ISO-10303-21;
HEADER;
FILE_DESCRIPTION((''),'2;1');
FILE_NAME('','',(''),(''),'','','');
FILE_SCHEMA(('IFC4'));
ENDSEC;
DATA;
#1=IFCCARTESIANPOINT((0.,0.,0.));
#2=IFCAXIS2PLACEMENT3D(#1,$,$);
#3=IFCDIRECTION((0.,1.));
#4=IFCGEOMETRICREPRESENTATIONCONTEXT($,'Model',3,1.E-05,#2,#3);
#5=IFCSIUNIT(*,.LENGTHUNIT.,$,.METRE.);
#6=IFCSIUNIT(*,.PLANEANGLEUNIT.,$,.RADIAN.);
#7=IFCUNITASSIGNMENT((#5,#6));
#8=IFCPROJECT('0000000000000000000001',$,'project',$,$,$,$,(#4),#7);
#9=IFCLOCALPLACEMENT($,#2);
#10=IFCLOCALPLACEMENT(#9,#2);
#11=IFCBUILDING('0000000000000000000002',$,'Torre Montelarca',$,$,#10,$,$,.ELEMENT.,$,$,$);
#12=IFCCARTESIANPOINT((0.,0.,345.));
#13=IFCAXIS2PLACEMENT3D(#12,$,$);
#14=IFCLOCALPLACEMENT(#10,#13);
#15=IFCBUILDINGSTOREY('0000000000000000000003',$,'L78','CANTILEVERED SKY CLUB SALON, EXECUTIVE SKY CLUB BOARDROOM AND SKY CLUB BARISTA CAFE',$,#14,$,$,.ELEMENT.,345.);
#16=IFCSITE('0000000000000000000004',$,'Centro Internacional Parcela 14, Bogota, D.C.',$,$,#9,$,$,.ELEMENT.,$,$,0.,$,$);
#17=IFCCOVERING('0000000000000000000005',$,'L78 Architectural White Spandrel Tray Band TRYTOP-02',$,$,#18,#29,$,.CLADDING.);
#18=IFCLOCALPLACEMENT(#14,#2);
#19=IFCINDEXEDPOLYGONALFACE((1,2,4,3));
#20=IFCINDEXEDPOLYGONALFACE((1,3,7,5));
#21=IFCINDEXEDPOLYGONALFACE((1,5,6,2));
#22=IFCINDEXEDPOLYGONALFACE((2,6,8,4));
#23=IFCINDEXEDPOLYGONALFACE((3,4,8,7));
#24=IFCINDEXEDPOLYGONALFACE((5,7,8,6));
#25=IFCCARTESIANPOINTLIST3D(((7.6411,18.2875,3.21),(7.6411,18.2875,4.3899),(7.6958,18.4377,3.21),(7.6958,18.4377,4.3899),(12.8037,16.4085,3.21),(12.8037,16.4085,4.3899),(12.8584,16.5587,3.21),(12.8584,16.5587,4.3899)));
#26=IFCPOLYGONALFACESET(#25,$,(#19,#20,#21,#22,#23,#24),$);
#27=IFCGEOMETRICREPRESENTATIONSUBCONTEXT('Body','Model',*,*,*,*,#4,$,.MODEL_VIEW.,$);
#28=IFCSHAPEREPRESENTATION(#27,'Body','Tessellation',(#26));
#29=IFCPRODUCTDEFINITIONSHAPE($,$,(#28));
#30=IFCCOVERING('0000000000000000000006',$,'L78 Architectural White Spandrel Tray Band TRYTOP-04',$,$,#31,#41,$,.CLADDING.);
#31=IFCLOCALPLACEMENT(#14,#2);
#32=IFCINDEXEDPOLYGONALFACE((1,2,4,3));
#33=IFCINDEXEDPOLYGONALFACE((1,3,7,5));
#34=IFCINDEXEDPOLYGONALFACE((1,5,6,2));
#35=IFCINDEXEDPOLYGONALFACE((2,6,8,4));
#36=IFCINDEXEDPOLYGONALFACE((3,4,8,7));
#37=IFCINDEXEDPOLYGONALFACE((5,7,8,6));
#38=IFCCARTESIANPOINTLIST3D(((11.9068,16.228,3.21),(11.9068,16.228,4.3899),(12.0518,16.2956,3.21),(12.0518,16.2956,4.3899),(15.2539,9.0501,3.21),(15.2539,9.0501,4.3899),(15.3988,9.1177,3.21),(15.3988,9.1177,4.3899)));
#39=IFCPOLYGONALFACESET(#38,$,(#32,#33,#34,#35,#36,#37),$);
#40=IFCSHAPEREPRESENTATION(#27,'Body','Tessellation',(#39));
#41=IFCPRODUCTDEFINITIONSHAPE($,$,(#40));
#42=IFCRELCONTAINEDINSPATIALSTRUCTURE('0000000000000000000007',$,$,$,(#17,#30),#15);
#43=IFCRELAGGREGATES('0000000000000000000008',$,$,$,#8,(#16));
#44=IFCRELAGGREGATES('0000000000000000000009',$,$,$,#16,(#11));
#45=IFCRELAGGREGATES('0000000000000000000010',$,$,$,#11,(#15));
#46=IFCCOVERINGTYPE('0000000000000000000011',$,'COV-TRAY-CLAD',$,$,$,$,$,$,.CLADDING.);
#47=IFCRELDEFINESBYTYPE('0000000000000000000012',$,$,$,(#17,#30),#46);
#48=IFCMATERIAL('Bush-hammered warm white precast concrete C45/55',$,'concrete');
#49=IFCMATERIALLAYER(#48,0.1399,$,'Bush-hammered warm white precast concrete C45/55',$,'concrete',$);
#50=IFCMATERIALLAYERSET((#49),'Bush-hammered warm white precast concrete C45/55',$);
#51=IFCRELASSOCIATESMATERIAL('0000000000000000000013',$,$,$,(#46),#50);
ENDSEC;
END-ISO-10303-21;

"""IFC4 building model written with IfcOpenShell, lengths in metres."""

from ifc_helpers import new_model, si_unit, direction, frame, origin, origin_2d, place, context, subcontext, project, spatial, rectangle, extrude, source, transform, mapped, material, layer, layer_set, type_object, element, save


model = new_model("IFC4")

# Units and contexts
model_context = context("Model", 3, precision=1e-05, world=origin(), true_north=direction((0.0, 1.0)))
body_context = subcontext(model_context, "Body", "Model", "MODEL_VIEW")
ifc_project = project(units=[si_unit("LENGTHUNIT", "METRE"), si_unit("PLANEANGLEUNIT", "RADIAN")], contexts=[model_context])

# Site, building, storey
site_placement = place(None, origin())
site = spatial("IfcSite", under=ifc_project, at=site_placement, Name="Centro Internacional Parcela 14, Bogota, D.C.", CompositionType="ELEMENT", RefElevation=0.0)
building_placement = place(site_placement, origin())
building = spatial("IfcBuilding", under=site, at=building_placement, Name="Torre Montelarca", CompositionType="ELEMENT")
storey_placement = place(building_placement, frame((0.0, 0.0, 345.0)))
storey = spatial("IfcBuildingStorey", under=building, at=storey_placement, Name="L78", Description="CANTILEVERED SKY CLUB SALON, EXECUTIVE SKY CLUB BOARDROOM AND SKY CLUB BARISTA CAFE", CompositionType="ELEMENT", Elevation=345.0)

# Coverings
ifc_material_1 = material(Name="Bush-hammered warm white precast concrete C45/55", Category="concrete")
ifc_layer_1 = layer(ifc_material_1, 0.1399, Name="Bush-hammered warm white precast concrete C45/55", Category="concrete")
ifc_layer_set_1 = layer_set([ifc_layer_1], Name="Bush-hammered warm white precast concrete C45/55")
covering_type = type_object("IfcCoveringType", Name="COV-TRAY-CLAD", PredefinedType="CLADDING", material=ifc_layer_set_1)
shared_shape_1 = source(origin(), body_context, "Body", "SweptSolid", [
    extrude(rectangle(XDim=5.4939, YDim=0.1599, at=origin_2d()), origin(), (0.0, 0.0, 1.0), 1.1799),
])
covering_1_placement = place(storey_placement, frame((10.2498, 17.4231, 3.21), z_axis=(0.0, 0.0, 1.0), x_axis=(0.939693, -0.342019, 0.0)))
element("IfcCovering", 1, at=covering_1_placement, inside=storey, type_object=covering_type, Name="L78 Architectural White Spandrel Tray Band TRYTOP-02", PredefinedType="CLADDING", context=body_context, shape_type="MappedRepresentation", body=[
    mapped(shared_shape_1, transform((0.0, 0.0, 0.0), scale=1.0)),
])
shared_shape_2 = source(origin(), body_context, "Body", "SweptSolid", [
    extrude(rectangle(XDim=7.9199, YDim=0.1599, at=origin_2d()), origin(), (0.0, 0.0, 1.0), 1.1799),
])
covering_2_placement = place(storey_placement, frame((13.6528, 12.6729, 3.21), z_axis=(0.0, 0.0, 1.0), x_axis=(0.422617, -0.906309, 0.0)))
element("IfcCovering", 2, at=covering_2_placement, inside=storey, type_object=covering_type, Name="L78 Architectural White Spandrel Tray Band TRYTOP-04", PredefinedType="CLADDING", context=body_context, shape_type="MappedRepresentation", body=[
    mapped(shared_shape_2, transform((0.0, 0.0, 0.0), scale=1.0)),
])

save(model, "model.ifc")
